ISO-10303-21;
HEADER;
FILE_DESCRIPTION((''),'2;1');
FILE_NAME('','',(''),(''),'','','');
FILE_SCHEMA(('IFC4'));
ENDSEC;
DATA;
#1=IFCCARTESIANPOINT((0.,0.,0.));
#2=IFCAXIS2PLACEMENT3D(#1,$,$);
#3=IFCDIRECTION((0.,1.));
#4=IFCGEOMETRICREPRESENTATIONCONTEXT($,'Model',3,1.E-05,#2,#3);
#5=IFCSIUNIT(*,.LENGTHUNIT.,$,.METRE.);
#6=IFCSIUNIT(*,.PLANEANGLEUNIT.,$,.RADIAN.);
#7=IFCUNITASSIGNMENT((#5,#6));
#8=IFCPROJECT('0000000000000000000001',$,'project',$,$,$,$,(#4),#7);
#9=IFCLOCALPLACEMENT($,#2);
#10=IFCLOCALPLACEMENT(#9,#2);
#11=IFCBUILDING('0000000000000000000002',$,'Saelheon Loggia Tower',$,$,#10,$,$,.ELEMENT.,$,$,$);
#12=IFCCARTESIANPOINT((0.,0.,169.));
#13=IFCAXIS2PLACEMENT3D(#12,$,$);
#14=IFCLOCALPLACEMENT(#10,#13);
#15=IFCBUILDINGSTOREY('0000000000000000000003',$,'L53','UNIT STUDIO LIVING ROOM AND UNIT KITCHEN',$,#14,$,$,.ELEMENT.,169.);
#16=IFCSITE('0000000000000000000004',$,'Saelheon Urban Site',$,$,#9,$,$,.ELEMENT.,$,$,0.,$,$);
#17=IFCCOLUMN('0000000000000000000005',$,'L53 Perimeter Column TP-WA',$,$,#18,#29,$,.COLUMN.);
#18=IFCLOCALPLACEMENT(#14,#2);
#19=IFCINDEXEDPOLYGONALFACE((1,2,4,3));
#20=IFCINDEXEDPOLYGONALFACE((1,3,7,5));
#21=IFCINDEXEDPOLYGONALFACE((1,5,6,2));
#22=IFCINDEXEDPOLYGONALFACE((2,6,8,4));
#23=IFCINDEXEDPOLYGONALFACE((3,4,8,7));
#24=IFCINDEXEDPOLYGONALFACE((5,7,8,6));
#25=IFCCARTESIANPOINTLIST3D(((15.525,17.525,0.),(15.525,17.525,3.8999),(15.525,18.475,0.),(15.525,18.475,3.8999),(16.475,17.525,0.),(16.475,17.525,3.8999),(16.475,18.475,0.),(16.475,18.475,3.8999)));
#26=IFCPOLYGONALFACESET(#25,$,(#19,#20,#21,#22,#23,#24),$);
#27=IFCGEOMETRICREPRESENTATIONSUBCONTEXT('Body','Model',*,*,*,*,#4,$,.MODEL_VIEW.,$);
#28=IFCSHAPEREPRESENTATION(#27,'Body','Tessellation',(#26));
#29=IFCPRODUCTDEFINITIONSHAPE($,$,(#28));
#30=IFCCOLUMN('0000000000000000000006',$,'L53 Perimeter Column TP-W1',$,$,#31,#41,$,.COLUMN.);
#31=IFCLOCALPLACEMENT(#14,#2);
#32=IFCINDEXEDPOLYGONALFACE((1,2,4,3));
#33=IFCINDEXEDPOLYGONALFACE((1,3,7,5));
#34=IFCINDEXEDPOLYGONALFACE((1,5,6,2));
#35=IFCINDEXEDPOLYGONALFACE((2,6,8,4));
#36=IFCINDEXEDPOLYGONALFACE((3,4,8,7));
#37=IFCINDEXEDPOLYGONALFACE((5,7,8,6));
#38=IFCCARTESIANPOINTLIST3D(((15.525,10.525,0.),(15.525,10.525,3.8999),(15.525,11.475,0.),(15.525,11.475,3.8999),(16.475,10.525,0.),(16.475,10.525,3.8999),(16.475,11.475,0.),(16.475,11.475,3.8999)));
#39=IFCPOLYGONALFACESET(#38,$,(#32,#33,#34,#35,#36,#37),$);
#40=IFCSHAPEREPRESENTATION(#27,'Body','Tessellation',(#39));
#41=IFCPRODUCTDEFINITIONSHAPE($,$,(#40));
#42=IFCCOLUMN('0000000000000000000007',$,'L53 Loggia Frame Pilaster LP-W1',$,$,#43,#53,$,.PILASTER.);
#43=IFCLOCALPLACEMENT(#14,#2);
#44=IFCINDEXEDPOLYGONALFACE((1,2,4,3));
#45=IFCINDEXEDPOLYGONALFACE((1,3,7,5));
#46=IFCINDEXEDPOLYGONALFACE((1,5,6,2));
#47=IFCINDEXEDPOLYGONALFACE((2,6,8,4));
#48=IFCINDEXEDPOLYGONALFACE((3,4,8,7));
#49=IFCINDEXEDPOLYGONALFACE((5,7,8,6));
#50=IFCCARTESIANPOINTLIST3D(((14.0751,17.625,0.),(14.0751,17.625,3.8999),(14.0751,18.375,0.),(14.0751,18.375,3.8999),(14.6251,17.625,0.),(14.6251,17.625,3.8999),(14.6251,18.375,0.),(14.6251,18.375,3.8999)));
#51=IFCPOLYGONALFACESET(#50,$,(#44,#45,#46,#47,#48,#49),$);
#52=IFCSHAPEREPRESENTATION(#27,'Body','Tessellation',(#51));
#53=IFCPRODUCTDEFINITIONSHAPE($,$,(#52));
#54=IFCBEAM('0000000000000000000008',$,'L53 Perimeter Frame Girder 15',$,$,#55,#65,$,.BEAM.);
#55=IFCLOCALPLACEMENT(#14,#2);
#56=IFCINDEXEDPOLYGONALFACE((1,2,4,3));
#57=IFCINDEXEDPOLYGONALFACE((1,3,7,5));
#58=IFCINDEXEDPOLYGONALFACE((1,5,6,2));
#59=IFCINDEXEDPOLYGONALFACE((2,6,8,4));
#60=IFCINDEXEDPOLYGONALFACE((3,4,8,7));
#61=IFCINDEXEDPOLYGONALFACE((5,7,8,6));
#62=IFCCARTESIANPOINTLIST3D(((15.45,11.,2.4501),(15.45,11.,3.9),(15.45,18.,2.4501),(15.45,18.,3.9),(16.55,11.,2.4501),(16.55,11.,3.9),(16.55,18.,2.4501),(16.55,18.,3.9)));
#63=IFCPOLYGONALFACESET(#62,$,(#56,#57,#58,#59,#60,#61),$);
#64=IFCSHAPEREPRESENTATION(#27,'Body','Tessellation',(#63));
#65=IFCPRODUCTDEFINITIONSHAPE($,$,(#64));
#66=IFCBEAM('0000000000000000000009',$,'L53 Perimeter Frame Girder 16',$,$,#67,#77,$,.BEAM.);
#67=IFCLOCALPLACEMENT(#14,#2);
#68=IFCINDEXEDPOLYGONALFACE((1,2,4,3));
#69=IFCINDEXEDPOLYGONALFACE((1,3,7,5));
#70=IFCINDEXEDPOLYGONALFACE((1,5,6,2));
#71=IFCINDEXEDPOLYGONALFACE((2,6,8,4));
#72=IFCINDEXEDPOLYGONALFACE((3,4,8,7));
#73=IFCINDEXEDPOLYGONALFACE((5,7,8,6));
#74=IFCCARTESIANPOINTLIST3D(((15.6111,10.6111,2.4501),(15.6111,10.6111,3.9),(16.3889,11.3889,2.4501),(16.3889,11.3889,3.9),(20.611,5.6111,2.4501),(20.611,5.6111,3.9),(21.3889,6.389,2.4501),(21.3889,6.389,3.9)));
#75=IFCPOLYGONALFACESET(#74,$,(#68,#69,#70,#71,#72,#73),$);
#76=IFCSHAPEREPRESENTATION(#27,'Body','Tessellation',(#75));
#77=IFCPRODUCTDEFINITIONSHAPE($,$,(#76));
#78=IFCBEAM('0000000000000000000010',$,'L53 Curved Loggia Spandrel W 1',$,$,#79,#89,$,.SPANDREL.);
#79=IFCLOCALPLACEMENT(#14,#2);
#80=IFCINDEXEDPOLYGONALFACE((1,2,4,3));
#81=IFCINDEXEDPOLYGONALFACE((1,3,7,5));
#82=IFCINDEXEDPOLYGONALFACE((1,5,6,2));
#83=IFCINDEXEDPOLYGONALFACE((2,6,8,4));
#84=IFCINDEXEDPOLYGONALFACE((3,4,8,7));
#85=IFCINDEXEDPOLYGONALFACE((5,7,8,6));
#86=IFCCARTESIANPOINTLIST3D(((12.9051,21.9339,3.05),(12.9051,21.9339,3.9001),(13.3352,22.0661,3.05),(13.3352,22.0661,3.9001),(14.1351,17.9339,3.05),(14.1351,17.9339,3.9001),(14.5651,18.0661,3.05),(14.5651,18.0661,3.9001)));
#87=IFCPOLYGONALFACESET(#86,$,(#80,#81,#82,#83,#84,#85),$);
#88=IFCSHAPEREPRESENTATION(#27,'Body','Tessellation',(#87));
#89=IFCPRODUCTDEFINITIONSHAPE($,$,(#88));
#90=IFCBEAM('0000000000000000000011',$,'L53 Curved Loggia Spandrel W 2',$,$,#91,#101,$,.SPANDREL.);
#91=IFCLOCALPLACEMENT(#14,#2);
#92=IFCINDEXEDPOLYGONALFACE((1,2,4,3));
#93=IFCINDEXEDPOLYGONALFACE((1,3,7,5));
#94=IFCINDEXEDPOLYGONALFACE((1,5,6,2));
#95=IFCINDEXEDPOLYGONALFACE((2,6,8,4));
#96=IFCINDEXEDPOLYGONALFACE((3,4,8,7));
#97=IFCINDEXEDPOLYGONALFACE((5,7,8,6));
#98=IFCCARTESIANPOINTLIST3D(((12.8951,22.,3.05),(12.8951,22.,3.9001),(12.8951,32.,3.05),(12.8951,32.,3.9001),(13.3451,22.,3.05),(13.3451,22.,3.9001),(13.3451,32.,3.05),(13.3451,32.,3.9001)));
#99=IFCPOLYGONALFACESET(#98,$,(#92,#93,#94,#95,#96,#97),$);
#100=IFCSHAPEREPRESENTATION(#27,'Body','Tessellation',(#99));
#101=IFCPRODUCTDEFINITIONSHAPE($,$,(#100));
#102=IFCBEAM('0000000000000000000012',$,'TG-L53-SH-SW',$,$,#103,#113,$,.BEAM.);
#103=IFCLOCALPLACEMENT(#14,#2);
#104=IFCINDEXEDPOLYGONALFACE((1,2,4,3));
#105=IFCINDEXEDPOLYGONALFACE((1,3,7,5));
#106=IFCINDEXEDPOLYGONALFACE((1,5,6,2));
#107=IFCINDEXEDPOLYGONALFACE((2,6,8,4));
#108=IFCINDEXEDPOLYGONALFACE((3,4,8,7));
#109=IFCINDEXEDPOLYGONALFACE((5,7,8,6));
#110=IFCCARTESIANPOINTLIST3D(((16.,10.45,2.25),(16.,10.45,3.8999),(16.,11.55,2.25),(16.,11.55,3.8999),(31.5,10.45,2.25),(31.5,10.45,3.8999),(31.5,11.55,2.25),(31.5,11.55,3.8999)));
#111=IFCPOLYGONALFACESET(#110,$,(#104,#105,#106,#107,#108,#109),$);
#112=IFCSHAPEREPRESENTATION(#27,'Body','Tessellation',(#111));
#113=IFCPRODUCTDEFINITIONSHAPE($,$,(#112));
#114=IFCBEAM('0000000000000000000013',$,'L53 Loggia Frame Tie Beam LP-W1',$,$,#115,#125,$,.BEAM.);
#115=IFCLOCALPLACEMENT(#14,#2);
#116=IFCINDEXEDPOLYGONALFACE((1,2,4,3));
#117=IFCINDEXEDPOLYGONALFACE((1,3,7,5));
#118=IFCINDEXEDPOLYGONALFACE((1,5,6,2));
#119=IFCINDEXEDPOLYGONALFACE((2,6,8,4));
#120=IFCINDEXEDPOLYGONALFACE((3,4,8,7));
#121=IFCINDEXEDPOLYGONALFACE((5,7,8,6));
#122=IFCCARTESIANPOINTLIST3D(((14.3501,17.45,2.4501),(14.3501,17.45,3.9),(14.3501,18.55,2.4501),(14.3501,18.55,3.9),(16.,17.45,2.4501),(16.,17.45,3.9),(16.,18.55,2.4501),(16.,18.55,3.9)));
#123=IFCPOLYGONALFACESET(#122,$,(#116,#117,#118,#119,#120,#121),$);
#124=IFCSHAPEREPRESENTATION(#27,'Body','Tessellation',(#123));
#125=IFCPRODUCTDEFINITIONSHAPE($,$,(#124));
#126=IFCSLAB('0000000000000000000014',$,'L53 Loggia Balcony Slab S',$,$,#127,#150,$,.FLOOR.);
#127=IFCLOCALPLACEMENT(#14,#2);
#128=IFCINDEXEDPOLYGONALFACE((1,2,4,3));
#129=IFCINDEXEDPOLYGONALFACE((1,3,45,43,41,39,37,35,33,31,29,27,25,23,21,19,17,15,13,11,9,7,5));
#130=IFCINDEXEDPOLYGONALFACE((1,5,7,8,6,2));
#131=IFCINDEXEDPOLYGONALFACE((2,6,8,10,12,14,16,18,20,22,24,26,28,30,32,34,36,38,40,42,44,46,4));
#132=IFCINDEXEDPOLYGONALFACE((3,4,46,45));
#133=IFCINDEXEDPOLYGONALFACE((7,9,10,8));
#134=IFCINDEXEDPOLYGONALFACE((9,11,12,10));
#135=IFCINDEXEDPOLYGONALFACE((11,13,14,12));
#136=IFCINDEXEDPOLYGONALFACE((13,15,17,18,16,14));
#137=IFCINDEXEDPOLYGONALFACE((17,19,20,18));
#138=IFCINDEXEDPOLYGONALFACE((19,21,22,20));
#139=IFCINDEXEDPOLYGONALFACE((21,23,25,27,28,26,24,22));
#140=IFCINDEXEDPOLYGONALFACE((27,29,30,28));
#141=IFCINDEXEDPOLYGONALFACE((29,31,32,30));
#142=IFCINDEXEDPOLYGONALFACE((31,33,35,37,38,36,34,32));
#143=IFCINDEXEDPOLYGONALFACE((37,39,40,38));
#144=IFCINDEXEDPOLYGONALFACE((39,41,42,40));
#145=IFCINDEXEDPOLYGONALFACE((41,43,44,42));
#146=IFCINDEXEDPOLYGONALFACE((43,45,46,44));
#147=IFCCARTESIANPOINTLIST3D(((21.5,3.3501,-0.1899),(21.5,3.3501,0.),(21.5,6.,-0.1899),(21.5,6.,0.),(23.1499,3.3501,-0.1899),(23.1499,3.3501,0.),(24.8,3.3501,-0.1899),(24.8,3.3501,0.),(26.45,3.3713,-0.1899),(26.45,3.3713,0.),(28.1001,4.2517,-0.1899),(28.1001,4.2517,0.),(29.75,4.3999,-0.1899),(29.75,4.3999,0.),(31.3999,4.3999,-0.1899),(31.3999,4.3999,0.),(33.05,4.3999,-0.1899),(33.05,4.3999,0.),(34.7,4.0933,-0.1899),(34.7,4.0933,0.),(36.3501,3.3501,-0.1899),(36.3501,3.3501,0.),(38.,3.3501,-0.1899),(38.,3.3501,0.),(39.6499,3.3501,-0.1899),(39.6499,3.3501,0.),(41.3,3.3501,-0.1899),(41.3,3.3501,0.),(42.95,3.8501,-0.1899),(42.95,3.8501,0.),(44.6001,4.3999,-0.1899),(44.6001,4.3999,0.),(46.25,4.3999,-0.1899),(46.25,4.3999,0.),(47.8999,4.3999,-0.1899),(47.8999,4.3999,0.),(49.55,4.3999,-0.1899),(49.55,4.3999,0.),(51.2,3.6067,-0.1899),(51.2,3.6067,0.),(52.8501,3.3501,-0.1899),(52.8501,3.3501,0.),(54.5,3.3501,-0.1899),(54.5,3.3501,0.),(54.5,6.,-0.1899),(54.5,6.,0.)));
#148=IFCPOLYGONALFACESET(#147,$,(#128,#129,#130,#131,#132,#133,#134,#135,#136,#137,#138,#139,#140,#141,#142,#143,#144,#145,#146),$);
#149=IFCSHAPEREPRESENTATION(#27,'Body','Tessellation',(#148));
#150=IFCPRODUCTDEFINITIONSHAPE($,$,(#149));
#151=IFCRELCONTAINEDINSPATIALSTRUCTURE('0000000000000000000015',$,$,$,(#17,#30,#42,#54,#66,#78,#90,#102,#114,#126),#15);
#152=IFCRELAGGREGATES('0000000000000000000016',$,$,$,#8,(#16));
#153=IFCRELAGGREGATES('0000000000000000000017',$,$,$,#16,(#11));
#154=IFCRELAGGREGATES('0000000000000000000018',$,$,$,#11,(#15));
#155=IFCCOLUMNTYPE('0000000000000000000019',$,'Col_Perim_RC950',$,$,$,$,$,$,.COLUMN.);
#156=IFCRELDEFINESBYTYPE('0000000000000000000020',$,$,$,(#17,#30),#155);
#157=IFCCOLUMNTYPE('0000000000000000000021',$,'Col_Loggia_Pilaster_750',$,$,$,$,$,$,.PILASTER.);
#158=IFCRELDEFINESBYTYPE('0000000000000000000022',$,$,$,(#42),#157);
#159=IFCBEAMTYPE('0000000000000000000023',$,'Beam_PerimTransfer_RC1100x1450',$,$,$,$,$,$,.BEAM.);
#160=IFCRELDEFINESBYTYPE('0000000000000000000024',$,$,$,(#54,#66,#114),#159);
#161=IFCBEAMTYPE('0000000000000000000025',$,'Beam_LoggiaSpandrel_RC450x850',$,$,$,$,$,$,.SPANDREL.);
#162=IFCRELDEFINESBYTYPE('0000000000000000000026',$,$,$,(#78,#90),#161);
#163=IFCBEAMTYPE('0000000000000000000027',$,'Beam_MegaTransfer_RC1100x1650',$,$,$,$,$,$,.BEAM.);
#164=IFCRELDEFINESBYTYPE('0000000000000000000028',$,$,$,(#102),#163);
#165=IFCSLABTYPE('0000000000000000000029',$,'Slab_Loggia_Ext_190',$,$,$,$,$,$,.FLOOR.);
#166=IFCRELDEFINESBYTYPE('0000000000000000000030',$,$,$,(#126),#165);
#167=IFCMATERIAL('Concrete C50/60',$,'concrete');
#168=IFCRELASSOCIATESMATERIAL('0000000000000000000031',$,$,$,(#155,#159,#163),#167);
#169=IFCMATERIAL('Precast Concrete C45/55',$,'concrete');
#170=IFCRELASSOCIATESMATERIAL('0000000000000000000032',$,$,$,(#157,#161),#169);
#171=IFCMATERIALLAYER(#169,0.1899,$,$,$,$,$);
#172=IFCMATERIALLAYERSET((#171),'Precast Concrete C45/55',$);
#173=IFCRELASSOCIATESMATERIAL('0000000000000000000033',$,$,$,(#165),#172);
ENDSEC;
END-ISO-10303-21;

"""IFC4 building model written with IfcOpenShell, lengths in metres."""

from ifc_helpers import new_model, si_unit, direction, frame, origin, origin_2d, place, context, subcontext, project, spatial, polyline, rectangle, outline, extrude, source, transform, mapped, material, layer, layer_set, material_profile, profile_set, type_object, element, save


model = new_model("IFC4")

# Units and contexts
model_context = context("Model", 3, precision=1e-05, world=origin(), true_north=direction((0.0, 1.0)))
body_context = subcontext(model_context, "Body", "Model", "MODEL_VIEW")
ifc_project = project(units=[si_unit("LENGTHUNIT", "METRE"), si_unit("PLANEANGLEUNIT", "RADIAN")], contexts=[model_context])

# Site, building, storey
site_placement = place(None, origin())
site = spatial("IfcSite", under=ifc_project, at=site_placement, Name="Saelheon Urban Site", CompositionType="ELEMENT", RefElevation=0.0)
building_placement = place(site_placement, origin())
building = spatial("IfcBuilding", under=site, at=building_placement, Name="Saelheon Loggia Tower", CompositionType="ELEMENT")
storey_placement = place(building_placement, frame((0.0, 0.0, 169.0)))
storey = spatial("IfcBuildingStorey", under=building, at=storey_placement, Name="L53", Description="UNIT STUDIO LIVING ROOM AND UNIT KITCHEN", CompositionType="ELEMENT", Elevation=169.0)

# Columns
ifc_material_1 = material(Name="Concrete C50/60", Category="concrete")
ifc_material_profile_1 = material_profile(ifc_material_1, rectangle(XDim=0.95, YDim=0.95, at=origin_2d()), Name="RC-950x950")
ifc_profile_set_1 = profile_set([ifc_material_profile_1], Name="Concrete C50/60")
column_type_1 = type_object("IfcColumnType", Name="Col_Perim_RC950", PredefinedType="COLUMN", material=ifc_profile_set_1)
shared_shape_1 = source(origin(), body_context, "Body", "SweptSolid", [
    extrude(rectangle(XDim=0.95, YDim=0.95, at=origin_2d()), origin(), (0.0, 0.0, 1.0), 3.8999),
])
for number, where, z_axis, x_axis, name in (
    (1, (16.0, 18.0, 0.0), (0.0, 0.0, 1.0), (1.0, 0.0, 0.0), "L53 Perimeter Column TP-WA"),
    (2, (16.0, 11.0, 0.0), (0.0, 0.0, 1.0), (1.0, 0.0, 0.0), "L53 Perimeter Column TP-W1"),
):
    element("IfcColumn", number, at=place(storey_placement, frame(where, z_axis=z_axis, x_axis=x_axis)), inside=storey, type_object=column_type_1, Name=name, PredefinedType="COLUMN", context=body_context, shape_type="MappedRepresentation", body=[
        mapped(shared_shape_1, transform((0.0, 0.0, 0.0), scale=1.0)),
    ])
ifc_material_2 = material(Name="Precast Concrete C45/55", Category="concrete")
ifc_material_profile_2 = material_profile(ifc_material_2, rectangle(XDim=0.55, YDim=0.75, at=origin_2d()), Name="RC-550x750")
ifc_profile_set_2 = profile_set([ifc_material_profile_2], Name="Precast Concrete C45/55")
column_type_2 = type_object("IfcColumnType", Name="Col_Loggia_Pilaster_750", PredefinedType="PILASTER", material=ifc_profile_set_2)
shared_shape_2 = source(origin(), body_context, "Body", "SweptSolid", [
    extrude(rectangle(XDim=0.55, YDim=0.75, at=origin_2d()), origin(), (0.0, 0.0, 1.0), 3.8999),
])
column_placement = place(storey_placement, frame((14.3501, 18.0, 0.0), z_axis=(0.0, 0.0, 1.0), x_axis=(1.0, 0.0, 0.0)))
element("IfcColumn", 3, at=column_placement, inside=storey, type_object=column_type_2, Name="L53 Loggia Frame Pilaster LP-W1", PredefinedType="PILASTER", context=body_context, shape_type="MappedRepresentation", body=[
    mapped(shared_shape_2, transform((0.0, 0.0, 0.0), scale=1.0)),
])

# Beams
ifc_material_profile_3 = material_profile(ifc_material_1, rectangle(XDim=1.1001, YDim=1.45, at=origin_2d()), Name="RC-1100x1450")
ifc_profile_set_3 = profile_set([ifc_material_profile_3], Name="Concrete C50/60")
beam_type_1 = type_object("IfcBeamType", Name="Beam_PerimTransfer_RC1100x1450", PredefinedType="BEAM", material=ifc_profile_set_3)
shared_shape_3 = source(origin(), body_context, "Body", "SweptSolid", [
    extrude(rectangle(XDim=1.1001, YDim=1.45, at=origin_2d()), origin(), (0.0, 0.0, 1.0), 7.0),
])
beam_1_placement = place(storey_placement, frame((16.0, 18.0, 3.175), z_axis=(0.0, -1.0, 0.0), x_axis=(1.0, 0.0, 0.0)))
element("IfcBeam", 4, at=beam_1_placement, inside=storey, type_object=beam_type_1, Name="L53 Perimeter Frame Girder 15", PredefinedType="BEAM", context=body_context, shape_type="MappedRepresentation", body=[
    mapped(shared_shape_3, transform((0.0, 0.0, 0.0), scale=1.0)),
])
shared_shape_4 = source(origin(), body_context, "Body", "SweptSolid", [
    extrude(rectangle(XDim=1.1001, YDim=1.45, at=origin_2d()), origin(), (0.0, 0.0, 1.0), 7.071),
])
beam_2_placement = place(storey_placement, frame((16.0, 11.0, 3.175), z_axis=(0.707107, -0.707107, 0.0), x_axis=(0.707107, 0.707107, 0.0)))
element("IfcBeam", 5, at=beam_2_placement, inside=storey, type_object=beam_type_1, Name="L53 Perimeter Frame Girder 16", PredefinedType="BEAM", context=body_context, shape_type="MappedRepresentation", body=[
    mapped(shared_shape_4, transform((0.0, 0.0, 0.0), scale=1.0)),
])
ifc_material_profile_4 = material_profile(ifc_material_2, rectangle(XDim=0.45, YDim=0.8501, at=origin_2d()), Name="RC-450x850")
ifc_profile_set_4 = profile_set([ifc_material_profile_4], Name="Precast Concrete C45/55")
beam_type_2 = type_object("IfcBeamType", Name="Beam_LoggiaSpandrel_RC450x850", PredefinedType="SPANDREL", material=ifc_profile_set_4)
shared_shape_5 = source(origin(), body_context, "Body", "SweptSolid", [
    extrude(rectangle(XDim=0.45, YDim=0.8501, at=origin_2d()), origin(), (0.0, 0.0, 1.0), 4.1848),
])
beam_3_placement = place(storey_placement, frame((14.3501, 18.0, 3.4751), z_axis=(-0.293914, 0.955832, 0.0), x_axis=(-0.955832, -0.293914, 0.0)))
element("IfcBeam", 6, at=beam_3_placement, inside=storey, type_object=beam_type_2, Name="L53 Curved Loggia Spandrel W 1", PredefinedType="SPANDREL", context=body_context, shape_type="MappedRepresentation", body=[
    mapped(shared_shape_5, transform((0.0, 0.0, 0.0), scale=1.0)),
])
shared_shape_6 = source(origin(), body_context, "Body", "SweptSolid", [
    extrude(rectangle(XDim=0.45, YDim=0.8501, at=origin_2d()), origin(), (0.0, 0.0, 1.0), 10.0),
])
beam_4_placement = place(storey_placement, frame((13.1201, 22.0, 3.4751), z_axis=(0.0, 1.0, 0.0), x_axis=(-1.0, 0.0, 0.0)))
element("IfcBeam", 7, at=beam_4_placement, inside=storey, type_object=beam_type_2, Name="L53 Curved Loggia Spandrel W 2", PredefinedType="SPANDREL", context=body_context, shape_type="MappedRepresentation", body=[
    mapped(shared_shape_6, transform((0.0, 0.0, 0.0), scale=1.0)),
])
ifc_material_profile_5 = material_profile(ifc_material_1, rectangle(XDim=1.1001, YDim=1.6499, at=origin_2d()), Name="RC-1100x1650")
ifc_profile_set_5 = profile_set([ifc_material_profile_5], Name="Concrete C50/60")
beam_type_3 = type_object("IfcBeamType", Name="Beam_MegaTransfer_RC1100x1650", PredefinedType="BEAM", material=ifc_profile_set_5)
shared_shape_7 = source(origin(), body_context, "Body", "SweptSolid", [
    extrude(rectangle(XDim=1.1001, YDim=1.6499, at=origin_2d()), origin(), (0.0, 0.0, 1.0), 15.5),
])
beam_5_placement = place(storey_placement, frame((16.0, 11.0, 3.075), z_axis=(1.0, 0.0, 0.0), x_axis=(0.0, 1.0, 0.0)))
element("IfcBeam", 8, at=beam_5_placement, inside=storey, type_object=beam_type_3, Name="TG-L53-SH-SW", PredefinedType="BEAM", context=body_context, shape_type="MappedRepresentation", body=[
    mapped(shared_shape_7, transform((0.0, 0.0, 0.0), scale=1.0)),
])
shared_shape_8 = source(origin(), body_context, "Body", "SweptSolid", [
    extrude(rectangle(XDim=1.1001, YDim=1.45, at=origin_2d()), origin(), (0.0, 0.0, 1.0), 1.6499),
])
beam_6_placement = place(storey_placement, frame((16.0, 18.0, 3.175), z_axis=(-1.0, 0.0, 0.0), x_axis=(0.0, -1.0, 0.0)))
element("IfcBeam", 9, at=beam_6_placement, inside=storey, type_object=beam_type_1, Name="L53 Loggia Frame Tie Beam LP-W1", PredefinedType="BEAM", context=body_context, shape_type="MappedRepresentation", body=[
    mapped(shared_shape_8, transform((0.0, 0.0, 0.0), scale=1.0)),
])

# Slab
ifc_layer_1 = layer(ifc_material_2, 0.1899)
ifc_layer_set_1 = layer_set([ifc_layer_1], Name="Precast Concrete C45/55")
slab_type_1 = type_object("IfcSlabType", Name="Slab_Loggia_Ext_190", PredefinedType="FLOOR", material=ifc_layer_set_1)
slab_1_placement = place(storey_placement, frame((0.0, 0.0, -0.1899)))
element("IfcSlab", 10, at=slab_1_placement, inside=storey, type_object=slab_type_1, Name="L53 Loggia Balcony Slab S", PredefinedType="FLOOR", context=body_context, shape_type="SweptSolid", body=[
    extrude(outline(polyline([(21.5, 3.3501), (23.1499, 3.3501), (24.8, 3.3501), (26.45, 3.3713), (28.1001, 4.2517), (29.75, 4.3999), (31.3999, 4.3999), (33.05, 4.3999), (34.7, 4.0933), (36.3501, 3.3501), (38.0, 3.3501), (39.6499, 3.3501), (41.3, 3.3501), (42.95, 3.8501), (44.6001, 4.3999), (46.25, 4.3999), (47.8999, 4.3999), (49.55, 4.3999), (51.2, 3.6067), (52.8501, 3.3501), (54.5, 3.3501), (54.5, 6.0), (21.5, 6.0), (21.5, 3.3501)])), origin(), (0.0, 0.0, 1.0), 0.1899),
])

save(model, "model.ifc")
